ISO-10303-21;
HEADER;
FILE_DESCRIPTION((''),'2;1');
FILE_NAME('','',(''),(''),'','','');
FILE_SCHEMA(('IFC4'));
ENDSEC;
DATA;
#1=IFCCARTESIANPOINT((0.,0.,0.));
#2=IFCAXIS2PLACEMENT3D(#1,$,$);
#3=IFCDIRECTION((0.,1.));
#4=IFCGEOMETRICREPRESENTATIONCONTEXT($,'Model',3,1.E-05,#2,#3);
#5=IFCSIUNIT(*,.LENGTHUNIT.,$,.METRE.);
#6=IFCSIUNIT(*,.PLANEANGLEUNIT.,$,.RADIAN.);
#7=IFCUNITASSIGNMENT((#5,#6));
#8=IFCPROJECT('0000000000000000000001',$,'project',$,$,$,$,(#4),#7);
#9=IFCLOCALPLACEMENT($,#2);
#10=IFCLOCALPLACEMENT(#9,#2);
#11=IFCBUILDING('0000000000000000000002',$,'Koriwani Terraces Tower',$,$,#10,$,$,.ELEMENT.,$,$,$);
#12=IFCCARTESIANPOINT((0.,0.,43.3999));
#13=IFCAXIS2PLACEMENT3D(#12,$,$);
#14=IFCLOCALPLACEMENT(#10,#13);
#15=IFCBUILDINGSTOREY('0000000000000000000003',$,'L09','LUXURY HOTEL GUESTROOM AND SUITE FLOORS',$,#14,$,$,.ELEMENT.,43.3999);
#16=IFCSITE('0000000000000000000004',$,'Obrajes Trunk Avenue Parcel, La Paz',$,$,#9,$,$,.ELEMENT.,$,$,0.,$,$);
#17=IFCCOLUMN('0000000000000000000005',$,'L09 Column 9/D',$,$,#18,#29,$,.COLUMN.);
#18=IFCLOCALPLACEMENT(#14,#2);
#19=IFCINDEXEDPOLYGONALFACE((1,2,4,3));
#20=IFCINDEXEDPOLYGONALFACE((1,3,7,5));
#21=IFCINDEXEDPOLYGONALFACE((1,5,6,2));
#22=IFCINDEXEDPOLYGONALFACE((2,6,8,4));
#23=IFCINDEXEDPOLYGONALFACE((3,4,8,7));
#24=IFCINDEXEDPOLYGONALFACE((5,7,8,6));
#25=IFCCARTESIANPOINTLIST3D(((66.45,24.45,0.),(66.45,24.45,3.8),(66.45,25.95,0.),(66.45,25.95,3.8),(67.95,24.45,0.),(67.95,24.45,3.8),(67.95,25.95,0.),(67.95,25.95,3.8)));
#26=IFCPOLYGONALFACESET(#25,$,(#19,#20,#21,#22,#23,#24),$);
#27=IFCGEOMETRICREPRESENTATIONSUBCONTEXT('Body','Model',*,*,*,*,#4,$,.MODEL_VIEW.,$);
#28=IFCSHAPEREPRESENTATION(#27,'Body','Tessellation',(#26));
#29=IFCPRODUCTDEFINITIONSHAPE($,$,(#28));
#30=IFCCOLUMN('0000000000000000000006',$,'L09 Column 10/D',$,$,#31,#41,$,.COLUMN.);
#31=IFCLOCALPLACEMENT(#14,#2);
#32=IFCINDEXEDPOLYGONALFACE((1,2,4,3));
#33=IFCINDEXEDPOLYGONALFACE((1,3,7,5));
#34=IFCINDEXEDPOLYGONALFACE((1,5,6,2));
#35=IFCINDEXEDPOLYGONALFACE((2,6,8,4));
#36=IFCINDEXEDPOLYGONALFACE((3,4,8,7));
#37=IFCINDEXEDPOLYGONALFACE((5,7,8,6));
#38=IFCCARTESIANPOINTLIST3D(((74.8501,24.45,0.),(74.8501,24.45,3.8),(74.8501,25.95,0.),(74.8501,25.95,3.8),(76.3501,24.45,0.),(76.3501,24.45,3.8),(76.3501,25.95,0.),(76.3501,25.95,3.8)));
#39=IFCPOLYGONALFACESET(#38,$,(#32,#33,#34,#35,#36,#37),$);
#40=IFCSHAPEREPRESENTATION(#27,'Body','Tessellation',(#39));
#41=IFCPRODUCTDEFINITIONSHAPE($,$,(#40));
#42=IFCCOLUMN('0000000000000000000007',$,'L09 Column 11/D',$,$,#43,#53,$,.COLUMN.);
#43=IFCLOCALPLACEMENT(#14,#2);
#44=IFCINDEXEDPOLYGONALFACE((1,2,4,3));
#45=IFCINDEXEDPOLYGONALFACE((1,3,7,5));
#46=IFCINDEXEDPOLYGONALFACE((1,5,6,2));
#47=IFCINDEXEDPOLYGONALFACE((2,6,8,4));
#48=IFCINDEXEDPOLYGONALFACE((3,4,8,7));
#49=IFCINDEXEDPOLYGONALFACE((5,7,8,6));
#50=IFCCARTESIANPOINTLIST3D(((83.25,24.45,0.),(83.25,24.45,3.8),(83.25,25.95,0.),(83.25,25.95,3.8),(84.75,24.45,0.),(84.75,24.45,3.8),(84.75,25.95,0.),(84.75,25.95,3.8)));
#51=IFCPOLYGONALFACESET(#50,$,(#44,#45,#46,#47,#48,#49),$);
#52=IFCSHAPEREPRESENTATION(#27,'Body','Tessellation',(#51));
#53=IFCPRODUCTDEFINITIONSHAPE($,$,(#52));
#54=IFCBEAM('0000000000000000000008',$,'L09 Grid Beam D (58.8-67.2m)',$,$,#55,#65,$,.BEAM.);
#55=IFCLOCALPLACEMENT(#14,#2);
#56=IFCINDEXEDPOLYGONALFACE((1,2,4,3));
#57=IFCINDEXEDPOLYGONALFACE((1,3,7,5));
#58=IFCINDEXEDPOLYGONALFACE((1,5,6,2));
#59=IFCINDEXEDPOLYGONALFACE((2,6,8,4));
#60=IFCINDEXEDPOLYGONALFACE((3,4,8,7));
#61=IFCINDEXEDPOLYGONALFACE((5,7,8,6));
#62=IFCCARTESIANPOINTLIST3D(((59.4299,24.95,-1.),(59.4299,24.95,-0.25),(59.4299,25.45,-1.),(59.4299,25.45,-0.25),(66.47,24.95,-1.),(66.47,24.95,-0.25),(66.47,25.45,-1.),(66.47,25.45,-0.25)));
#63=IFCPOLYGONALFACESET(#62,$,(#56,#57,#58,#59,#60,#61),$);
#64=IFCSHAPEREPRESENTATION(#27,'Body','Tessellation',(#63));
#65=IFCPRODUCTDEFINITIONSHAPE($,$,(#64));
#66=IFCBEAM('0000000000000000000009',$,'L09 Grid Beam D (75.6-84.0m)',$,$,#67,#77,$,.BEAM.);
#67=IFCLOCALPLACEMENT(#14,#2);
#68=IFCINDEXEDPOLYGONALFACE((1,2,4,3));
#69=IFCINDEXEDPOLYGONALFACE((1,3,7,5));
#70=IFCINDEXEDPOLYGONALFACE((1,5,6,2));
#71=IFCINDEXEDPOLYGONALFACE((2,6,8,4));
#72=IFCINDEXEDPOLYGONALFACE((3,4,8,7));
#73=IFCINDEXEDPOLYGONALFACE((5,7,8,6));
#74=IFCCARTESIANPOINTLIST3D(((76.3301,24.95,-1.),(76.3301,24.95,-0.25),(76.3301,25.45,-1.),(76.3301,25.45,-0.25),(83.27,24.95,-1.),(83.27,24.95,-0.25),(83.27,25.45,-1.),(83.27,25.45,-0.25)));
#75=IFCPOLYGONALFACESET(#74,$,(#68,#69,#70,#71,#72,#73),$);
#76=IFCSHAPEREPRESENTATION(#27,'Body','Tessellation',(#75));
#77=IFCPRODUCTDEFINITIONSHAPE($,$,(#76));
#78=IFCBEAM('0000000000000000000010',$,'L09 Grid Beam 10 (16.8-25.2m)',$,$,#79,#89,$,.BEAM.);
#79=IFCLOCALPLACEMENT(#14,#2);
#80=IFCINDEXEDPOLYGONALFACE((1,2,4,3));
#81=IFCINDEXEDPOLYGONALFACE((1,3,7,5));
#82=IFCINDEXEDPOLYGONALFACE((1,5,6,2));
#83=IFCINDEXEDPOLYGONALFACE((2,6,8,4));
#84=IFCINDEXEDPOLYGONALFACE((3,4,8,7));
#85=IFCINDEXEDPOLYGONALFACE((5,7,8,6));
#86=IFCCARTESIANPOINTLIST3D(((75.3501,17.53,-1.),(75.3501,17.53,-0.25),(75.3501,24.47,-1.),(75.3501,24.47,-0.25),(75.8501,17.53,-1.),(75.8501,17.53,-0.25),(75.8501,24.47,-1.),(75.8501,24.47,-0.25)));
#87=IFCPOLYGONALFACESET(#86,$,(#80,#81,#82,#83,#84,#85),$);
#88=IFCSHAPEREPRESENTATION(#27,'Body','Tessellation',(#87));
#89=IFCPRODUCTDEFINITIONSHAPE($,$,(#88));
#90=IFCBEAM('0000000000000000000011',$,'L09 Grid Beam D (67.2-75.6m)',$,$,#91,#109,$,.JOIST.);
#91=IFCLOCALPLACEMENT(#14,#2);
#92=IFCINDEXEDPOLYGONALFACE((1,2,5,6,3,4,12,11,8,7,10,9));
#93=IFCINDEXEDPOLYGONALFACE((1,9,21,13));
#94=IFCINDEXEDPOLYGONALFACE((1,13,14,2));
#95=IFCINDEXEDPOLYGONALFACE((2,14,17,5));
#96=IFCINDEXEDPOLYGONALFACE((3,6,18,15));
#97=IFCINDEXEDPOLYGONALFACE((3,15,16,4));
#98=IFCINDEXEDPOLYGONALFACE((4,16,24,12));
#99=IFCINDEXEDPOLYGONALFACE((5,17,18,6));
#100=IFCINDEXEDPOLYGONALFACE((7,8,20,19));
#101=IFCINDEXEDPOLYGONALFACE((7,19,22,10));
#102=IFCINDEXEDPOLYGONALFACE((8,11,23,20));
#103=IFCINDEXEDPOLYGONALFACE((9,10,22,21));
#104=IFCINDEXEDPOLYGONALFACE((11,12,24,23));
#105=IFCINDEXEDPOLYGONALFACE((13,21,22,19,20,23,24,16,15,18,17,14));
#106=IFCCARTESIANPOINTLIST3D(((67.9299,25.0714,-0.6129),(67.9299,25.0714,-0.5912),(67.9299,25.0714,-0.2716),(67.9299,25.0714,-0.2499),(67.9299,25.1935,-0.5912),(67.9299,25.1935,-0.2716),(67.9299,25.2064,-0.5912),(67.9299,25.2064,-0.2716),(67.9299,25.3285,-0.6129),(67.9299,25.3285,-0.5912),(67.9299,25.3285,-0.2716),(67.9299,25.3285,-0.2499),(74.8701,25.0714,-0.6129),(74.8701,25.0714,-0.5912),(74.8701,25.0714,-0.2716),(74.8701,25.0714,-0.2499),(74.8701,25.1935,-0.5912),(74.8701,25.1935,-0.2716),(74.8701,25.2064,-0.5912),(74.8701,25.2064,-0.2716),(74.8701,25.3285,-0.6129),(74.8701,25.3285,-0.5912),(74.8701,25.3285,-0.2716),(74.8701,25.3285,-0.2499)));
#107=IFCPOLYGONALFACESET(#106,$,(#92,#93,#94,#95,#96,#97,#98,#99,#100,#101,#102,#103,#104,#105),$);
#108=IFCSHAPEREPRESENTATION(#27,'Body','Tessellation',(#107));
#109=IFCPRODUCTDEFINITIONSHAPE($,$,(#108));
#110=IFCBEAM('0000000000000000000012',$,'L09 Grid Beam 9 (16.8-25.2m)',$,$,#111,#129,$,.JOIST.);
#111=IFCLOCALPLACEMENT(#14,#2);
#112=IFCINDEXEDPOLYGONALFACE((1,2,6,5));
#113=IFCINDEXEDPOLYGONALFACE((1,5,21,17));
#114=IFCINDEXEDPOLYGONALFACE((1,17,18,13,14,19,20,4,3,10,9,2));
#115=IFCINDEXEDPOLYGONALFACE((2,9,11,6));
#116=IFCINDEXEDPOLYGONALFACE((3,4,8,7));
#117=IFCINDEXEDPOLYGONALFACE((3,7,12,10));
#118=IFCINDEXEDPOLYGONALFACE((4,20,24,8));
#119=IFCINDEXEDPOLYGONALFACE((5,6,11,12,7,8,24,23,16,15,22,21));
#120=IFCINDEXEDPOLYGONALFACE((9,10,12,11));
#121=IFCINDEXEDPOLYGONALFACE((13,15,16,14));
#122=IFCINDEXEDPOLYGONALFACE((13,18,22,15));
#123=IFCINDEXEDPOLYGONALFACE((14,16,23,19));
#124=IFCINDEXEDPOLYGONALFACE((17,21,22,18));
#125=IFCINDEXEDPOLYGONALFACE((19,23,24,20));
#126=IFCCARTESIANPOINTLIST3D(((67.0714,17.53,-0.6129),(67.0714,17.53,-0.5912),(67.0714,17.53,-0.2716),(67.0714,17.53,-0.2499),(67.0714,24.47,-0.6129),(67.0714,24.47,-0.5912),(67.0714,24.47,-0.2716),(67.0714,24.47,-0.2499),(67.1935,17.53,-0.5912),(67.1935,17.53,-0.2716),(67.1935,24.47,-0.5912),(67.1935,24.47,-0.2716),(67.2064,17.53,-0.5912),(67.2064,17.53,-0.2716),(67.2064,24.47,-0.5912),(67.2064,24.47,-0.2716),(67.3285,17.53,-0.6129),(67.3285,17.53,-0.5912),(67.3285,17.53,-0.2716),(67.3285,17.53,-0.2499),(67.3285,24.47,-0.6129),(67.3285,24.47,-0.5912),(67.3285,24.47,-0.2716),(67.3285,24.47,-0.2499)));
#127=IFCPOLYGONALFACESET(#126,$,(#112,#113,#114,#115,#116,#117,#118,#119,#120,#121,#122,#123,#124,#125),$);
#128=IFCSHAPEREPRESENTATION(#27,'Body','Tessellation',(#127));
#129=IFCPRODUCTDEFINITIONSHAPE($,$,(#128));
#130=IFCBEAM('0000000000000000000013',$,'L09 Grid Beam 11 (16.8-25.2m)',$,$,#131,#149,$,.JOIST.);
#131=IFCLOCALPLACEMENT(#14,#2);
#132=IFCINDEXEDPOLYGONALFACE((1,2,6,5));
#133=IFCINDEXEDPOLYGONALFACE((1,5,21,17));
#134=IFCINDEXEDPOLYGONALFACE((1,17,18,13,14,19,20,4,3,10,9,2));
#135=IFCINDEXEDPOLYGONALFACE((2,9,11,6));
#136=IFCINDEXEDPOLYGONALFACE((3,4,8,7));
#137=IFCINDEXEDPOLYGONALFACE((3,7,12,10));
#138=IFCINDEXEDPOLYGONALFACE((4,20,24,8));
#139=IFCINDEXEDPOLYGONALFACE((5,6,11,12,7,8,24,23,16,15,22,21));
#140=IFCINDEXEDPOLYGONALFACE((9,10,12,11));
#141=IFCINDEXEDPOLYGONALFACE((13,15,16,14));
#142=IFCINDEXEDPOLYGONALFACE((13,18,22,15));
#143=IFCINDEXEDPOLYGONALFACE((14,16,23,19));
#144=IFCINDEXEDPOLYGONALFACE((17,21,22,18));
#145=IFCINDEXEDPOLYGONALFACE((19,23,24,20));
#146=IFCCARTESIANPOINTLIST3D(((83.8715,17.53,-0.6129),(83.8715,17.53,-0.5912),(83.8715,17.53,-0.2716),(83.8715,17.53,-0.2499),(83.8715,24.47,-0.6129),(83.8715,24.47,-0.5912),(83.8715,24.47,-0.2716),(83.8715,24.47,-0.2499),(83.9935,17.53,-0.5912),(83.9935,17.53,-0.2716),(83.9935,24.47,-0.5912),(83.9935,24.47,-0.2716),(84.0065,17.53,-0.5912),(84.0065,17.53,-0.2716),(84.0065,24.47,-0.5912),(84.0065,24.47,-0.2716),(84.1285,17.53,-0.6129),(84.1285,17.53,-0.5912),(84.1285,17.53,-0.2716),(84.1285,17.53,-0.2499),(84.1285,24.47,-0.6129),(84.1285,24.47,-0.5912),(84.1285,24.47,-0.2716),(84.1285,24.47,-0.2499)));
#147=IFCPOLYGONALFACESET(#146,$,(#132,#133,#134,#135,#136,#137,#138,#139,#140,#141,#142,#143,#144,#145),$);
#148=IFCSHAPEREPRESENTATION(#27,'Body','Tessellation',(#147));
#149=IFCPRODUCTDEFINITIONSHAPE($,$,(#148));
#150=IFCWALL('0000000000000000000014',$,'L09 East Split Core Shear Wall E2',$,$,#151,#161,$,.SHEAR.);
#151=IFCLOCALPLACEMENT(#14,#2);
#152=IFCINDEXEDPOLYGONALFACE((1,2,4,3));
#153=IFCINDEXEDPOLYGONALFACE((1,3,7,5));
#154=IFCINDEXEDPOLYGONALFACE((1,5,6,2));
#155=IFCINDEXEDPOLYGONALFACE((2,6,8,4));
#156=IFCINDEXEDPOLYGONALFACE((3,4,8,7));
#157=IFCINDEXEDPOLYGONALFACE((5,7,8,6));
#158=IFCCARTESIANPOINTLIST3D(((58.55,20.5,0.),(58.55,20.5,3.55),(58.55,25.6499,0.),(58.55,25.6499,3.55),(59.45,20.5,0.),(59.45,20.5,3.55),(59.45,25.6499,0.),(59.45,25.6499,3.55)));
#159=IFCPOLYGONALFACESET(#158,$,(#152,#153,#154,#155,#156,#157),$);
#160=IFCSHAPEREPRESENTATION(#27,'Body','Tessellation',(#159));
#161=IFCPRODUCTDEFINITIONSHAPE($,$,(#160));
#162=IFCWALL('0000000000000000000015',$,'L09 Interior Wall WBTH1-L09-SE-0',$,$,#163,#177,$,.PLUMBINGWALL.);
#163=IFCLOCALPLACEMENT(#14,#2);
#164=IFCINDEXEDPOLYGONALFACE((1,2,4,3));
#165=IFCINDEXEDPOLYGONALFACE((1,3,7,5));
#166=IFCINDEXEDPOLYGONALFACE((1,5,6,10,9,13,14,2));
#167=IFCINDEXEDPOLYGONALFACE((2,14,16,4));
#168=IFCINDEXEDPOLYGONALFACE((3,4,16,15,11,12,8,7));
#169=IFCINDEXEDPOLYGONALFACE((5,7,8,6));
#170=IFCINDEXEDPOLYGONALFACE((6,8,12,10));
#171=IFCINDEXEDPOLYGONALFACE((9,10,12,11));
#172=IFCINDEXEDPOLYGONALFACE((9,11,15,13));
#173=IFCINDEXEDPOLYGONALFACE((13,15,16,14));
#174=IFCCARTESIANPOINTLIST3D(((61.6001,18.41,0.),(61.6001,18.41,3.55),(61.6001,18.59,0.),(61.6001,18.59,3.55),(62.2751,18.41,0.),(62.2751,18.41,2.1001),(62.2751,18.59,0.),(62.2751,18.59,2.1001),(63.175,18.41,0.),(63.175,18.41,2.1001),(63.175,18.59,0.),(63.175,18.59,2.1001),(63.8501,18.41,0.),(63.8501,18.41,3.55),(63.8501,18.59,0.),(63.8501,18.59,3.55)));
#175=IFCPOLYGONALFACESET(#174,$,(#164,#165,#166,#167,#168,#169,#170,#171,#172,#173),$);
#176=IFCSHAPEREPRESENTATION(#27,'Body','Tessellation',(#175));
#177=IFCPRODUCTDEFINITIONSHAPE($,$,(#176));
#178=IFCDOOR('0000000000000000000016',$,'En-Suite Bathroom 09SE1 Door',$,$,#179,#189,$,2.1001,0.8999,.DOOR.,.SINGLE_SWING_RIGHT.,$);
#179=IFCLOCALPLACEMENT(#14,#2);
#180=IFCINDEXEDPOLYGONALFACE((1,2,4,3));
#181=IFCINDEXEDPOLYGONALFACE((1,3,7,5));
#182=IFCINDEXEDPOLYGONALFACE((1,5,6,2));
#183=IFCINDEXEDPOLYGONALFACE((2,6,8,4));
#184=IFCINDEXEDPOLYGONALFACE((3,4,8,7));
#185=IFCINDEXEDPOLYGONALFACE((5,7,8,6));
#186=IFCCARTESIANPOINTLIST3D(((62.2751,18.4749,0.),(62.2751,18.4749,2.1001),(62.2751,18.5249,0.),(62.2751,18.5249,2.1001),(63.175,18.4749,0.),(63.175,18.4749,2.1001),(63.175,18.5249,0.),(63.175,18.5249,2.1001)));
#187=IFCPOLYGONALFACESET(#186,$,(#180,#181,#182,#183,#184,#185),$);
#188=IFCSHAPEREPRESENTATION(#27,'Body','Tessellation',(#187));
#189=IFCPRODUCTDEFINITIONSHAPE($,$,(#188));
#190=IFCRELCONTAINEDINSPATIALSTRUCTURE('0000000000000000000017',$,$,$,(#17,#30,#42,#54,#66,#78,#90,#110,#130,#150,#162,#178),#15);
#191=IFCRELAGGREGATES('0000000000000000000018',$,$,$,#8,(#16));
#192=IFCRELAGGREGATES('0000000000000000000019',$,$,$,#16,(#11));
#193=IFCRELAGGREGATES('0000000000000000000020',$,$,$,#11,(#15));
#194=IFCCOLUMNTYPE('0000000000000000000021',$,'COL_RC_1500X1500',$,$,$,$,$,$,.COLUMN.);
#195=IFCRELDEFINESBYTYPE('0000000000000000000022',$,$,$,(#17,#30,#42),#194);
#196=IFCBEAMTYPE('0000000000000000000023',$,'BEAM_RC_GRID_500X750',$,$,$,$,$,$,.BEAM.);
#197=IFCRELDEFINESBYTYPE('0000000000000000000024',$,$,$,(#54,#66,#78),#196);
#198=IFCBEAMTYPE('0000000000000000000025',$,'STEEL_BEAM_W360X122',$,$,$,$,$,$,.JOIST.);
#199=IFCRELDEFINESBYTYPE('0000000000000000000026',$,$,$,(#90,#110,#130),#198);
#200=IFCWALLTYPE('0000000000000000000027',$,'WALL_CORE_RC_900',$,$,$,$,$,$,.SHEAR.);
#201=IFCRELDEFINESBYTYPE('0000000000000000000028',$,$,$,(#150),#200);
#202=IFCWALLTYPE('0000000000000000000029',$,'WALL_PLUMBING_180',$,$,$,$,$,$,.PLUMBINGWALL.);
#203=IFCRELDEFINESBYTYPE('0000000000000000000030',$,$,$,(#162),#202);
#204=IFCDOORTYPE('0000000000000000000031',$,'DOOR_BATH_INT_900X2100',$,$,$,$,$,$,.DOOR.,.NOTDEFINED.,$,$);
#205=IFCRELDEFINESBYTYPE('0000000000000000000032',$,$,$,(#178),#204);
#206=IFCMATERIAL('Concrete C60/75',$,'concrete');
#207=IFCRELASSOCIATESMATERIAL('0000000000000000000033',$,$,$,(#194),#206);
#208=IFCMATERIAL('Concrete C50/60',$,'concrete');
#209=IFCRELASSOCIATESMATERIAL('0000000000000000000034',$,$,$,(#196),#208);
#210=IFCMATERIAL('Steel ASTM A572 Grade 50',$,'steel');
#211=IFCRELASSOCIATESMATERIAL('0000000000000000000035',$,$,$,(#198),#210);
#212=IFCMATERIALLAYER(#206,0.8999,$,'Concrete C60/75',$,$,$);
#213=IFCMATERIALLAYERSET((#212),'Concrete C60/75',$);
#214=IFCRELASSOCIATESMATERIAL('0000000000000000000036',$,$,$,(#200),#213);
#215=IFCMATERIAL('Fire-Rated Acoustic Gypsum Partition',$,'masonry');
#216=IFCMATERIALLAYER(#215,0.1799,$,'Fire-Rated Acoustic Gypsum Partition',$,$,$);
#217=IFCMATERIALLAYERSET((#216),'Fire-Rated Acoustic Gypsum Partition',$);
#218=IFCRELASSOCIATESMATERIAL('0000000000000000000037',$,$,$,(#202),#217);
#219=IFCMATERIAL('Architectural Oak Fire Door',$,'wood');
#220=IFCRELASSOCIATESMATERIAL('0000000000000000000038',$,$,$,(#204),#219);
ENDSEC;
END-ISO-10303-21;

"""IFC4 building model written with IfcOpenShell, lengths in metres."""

from ifc_helpers import new_model, si_unit, direction, frame, frame_2d, origin, origin_2d, place, context, subcontext, project, spatial, rectangle, i_section, extrude, material, layer, layer_set, material_profile, profile_set, type_object, element, fill, save


model = new_model("IFC4")

# Units and contexts
model_context = context("Model", 3, precision=1e-05, world=origin(), true_north=direction((0.0, 1.0)))
body_context = subcontext(model_context, "Body", "Model", "MODEL_VIEW")
ifc_project = project(units=[si_unit("LENGTHUNIT", "METRE"), si_unit("PLANEANGLEUNIT", "RADIAN")], contexts=[model_context])

# Site, building, storey
site_placement = place(None, origin())
site = spatial("IfcSite", under=ifc_project, at=site_placement, Name="Obrajes Trunk Avenue Parcel, La Paz", CompositionType="ELEMENT", RefElevation=0.0)
building_placement = place(site_placement, origin())
building = spatial("IfcBuilding", under=site, at=building_placement, Name="Koriwani Terraces Tower", CompositionType="ELEMENT")
storey_placement = place(building_placement, frame((0.0, 0.0, 43.3999)))
storey = spatial("IfcBuildingStorey", under=building, at=storey_placement, Name="L09", Description="LUXURY HOTEL GUESTROOM AND SUITE FLOORS", CompositionType="ELEMENT", Elevation=43.3999)

# Columns
ifc_material_1 = material(Name="Concrete C60/75", Category="concrete")
ifc_material_profile_1 = material_profile(ifc_material_1, rectangle(XDim=1.5, YDim=1.5, at=origin_2d()), Name="Concrete C60/75", Category="LoadBearing")
ifc_profile_set_1 = profile_set([ifc_material_profile_1], Name="Concrete C60/75")
column_type = type_object("IfcColumnType", Name="COL_RC_1500X1500", PredefinedType="COLUMN", material=ifc_profile_set_1)
for number, where, z_axis, x_axis, name in (
    (1, (67.2, 25.2, 0.0), (0.0, 0.0, 1.0), (1.0, 0.0, 0.0), "L09 Column 9/D"),
    (2, (75.6001, 25.2, 0.0), (0.0, 0.0, 1.0), (1.0, 0.0, 0.0), "L09 Column 10/D"),
    (3, (84.0, 25.2, 0.0), (0.0, 0.0, 1.0), (1.0, 0.0, 0.0), "L09 Column 11/D"),
):
    element("IfcColumn", number, at=place(storey_placement, frame(where, z_axis=z_axis, x_axis=x_axis)), inside=storey, type_object=column_type, Name=name, PredefinedType="COLUMN", context=body_context, shape_type="SweptSolid", body=[
        extrude(rectangle(XDim=1.5, YDim=1.5, at=origin_2d()), origin(), (0.0, 0.0, 1.0), 3.8),
    ])

# Beams
ifc_material_2 = material(Name="Concrete C50/60", Category="concrete")
ifc_material_profile_2 = material_profile(ifc_material_2, rectangle(XDim=0.5, YDim=0.75, at=origin_2d()), Name="Concrete C50/60", Category="LoadBearing")
ifc_profile_set_2 = profile_set([ifc_material_profile_2], Name="Concrete C50/60")
beam_type_1 = type_object("IfcBeamType", Name="BEAM_RC_GRID_500X750", PredefinedType="BEAM", material=ifc_profile_set_2)
beam_1_placement = place(storey_placement, frame((59.4299, 25.2, -0.625), z_axis=(1.0, 0.0, 0.0), x_axis=(0.0, 1.0, 0.0)))
element("IfcBeam", 4, at=beam_1_placement, inside=storey, type_object=beam_type_1, Name="L09 Grid Beam D (58.8-67.2m)", PredefinedType="BEAM", context=body_context, shape_type="SweptSolid", body=[
    extrude(rectangle(XDim=0.5, YDim=0.75, at=origin_2d()), origin(), (0.0, 0.0, 1.0), 7.04),
])
for number, where, z_axis, x_axis, name in (
    (5, (76.3301, 25.2, -0.625), (1.0, 0.0, 0.0), (0.0, 1.0, 0.0), "L09 Grid Beam D (75.6-84.0m)"),
    (6, (75.6001, 17.53, -0.625), (0.0, 1.0, 0.0), (-1.0, 0.0, 0.0), "L09 Grid Beam 10 (16.8-25.2m)"),
):
    element("IfcBeam", number, at=place(storey_placement, frame(where, z_axis=z_axis, x_axis=x_axis)), inside=storey, type_object=beam_type_1, Name=name, PredefinedType="BEAM", context=body_context, shape_type="SweptSolid", body=[
        extrude(rectangle(XDim=0.5, YDim=0.75, at=origin_2d()), origin(), (0.0, 0.0, 1.0), 6.9399),
    ])
ifc_material_3 = material(Name="Steel ASTM A572 Grade 50", Category="steel")
ifc_material_profile_3 = material_profile(ifc_material_3, i_section(OverallWidth=0.2571, OverallDepth=0.363, WebThickness=0.0129, FlangeThickness=0.0217, at=origin_2d()), Name="Steel ASTM A572 Grade 50", Category="LoadBearing")
ifc_profile_set_3 = profile_set([ifc_material_profile_3], Name="Steel ASTM A572 Grade 50")
beam_type_2 = type_object("IfcBeamType", Name="STEEL_BEAM_W360X122", PredefinedType="JOIST", material=ifc_profile_set_3)
beam_2_placement = place(storey_placement, frame((67.9299, 25.2, -0.4314), z_axis=(1.0, 0.0, 0.0), x_axis=(0.0, 1.0, 0.0)))
element("IfcBeam", 7, at=beam_2_placement, inside=storey, type_object=beam_type_2, Name="L09 Grid Beam D (67.2-75.6m)", PredefinedType="JOIST", context=body_context, shape_type="SweptSolid", body=[
    extrude(i_section(OverallWidth=0.2571, OverallDepth=0.363, WebThickness=0.0129, FlangeThickness=0.0217, at=origin_2d()), origin(), (0.0, 0.0, 1.0), 6.9402),
])
for number, where, z_axis, x_axis, name in (
    (8, (67.2, 17.53, -0.4314), (0.0, 1.0, 0.0), (-1.0, 0.0, 0.0), "L09 Grid Beam 9 (16.8-25.2m)"),
    (9, (84.0, 17.53, -0.4314), (0.0, 1.0, 0.0), (-1.0, 0.0, 0.0), "L09 Grid Beam 11 (16.8-25.2m)"),
):
    element("IfcBeam", number, at=place(storey_placement, frame(where, z_axis=z_axis, x_axis=x_axis)), inside=storey, type_object=beam_type_2, Name=name, PredefinedType="JOIST", context=body_context, shape_type="SweptSolid", body=[
        extrude(i_section(OverallWidth=0.2571, OverallDepth=0.363, WebThickness=0.0129, FlangeThickness=0.0217, at=origin_2d()), origin(), (0.0, 0.0, 1.0), 6.9399),
    ])

# Wall
ifc_layer_1 = layer(ifc_material_1, 0.8999, Name="Concrete C60/75")
ifc_layer_set_1 = layer_set([ifc_layer_1], Name="Concrete C60/75")
wall_type_1 = type_object("IfcWallType", Name="WALL_CORE_RC_900", PredefinedType="SHEAR", material=ifc_layer_set_1)
wall_1_placement = place(storey_placement, frame((59.0, 20.5, 0.0), z_axis=(0.0, 0.0, 1.0), x_axis=(0.0, 1.0, 0.0)))
element("IfcWall", 10, at=wall_1_placement, inside=storey, type_object=wall_type_1, Name="L09 East Split Core Shear Wall E2", PredefinedType="SHEAR", context=body_context, shape_type="SweptSolid", body=[
    extrude(rectangle(XDim=5.1499, YDim=0.8999, at=frame_2d((2.575, 0.0))), origin(), (0.0, 0.0, 1.0), 3.55),
])

# Wall, opening, door
ifc_material_4 = material(Name="Fire-Rated Acoustic Gypsum Partition", Category="masonry")
ifc_layer_2 = layer(ifc_material_4, 0.1799, Name="Fire-Rated Acoustic Gypsum Partition")
ifc_layer_set_2 = layer_set([ifc_layer_2], Name="Fire-Rated Acoustic Gypsum Partition")
wall_type_2 = type_object("IfcWallType", Name="WALL_PLUMBING_180", PredefinedType="PLUMBINGWALL", material=ifc_layer_set_2)
wall_2_placement = place(storey_placement, frame((61.6001, 18.5, 0.0), z_axis=(0.0, 0.0, 1.0), x_axis=(1.0, 0.0, 0.0)))
wall_2 = element("IfcWall", 11, at=wall_2_placement, inside=storey, type_object=wall_type_2, Name="L09 Interior Wall WBTH1-L09-SE-0", PredefinedType="PLUMBINGWALL", context=body_context, shape_type="SweptSolid", body=[
    extrude(rectangle(XDim=2.25, YDim=0.1799, at=frame_2d((1.125, 0.0))), origin(), (0.0, 0.0, 1.0), 3.55),
])
opening_1_placement = place(wall_2_placement, frame((0.675, 0.0, 0.0)))
opening_1 = element("IfcOpeningElement", 12, at=opening_1_placement, cuts=wall_2, PredefinedType="OPENING", context=body_context, shape_type="SweptSolid", body=[
    extrude(rectangle(XDim=0.8999, YDim=2.1001, at=frame_2d((0.45, 1.05))), frame((0.0, 0.1001, 0.0), z_axis=(0.0, -1.0, 0.0), x_axis=(1.0, 0.0, 0.0)), (0.0, 0.0, 1.0), 0.2),
])
ifc_material_5 = material(Name="Architectural Oak Fire Door", Category="wood")
door_type = type_object("IfcDoorType", Name="DOOR_BATH_INT_900X2100", OperationType="NOTDEFINED", PredefinedType="DOOR", material=ifc_material_5)
door_1_placement = place(opening_1_placement, origin())
door_1 = element("IfcDoor", 13, at=door_1_placement, inside=storey, type_object=door_type, Name="En-Suite Bathroom 09SE1 Door", OperationType="SINGLE_SWING_RIGHT", OverallHeight=2.1001, OverallWidth=0.8999, PredefinedType="DOOR", context=body_context, shape_type="SweptSolid", body=[
    extrude(rectangle(XDim=0.8999, YDim=2.1001, at=frame_2d((0.45, 1.05))), frame((0.0, 0.0249, 0.0), z_axis=(0.0, -1.0, 0.0), x_axis=(1.0, 0.0, 0.0)), (0.0, 0.0, 1.0), 0.05),
])
fill(opening_1, door_1)

save(model, "model.ifc")
